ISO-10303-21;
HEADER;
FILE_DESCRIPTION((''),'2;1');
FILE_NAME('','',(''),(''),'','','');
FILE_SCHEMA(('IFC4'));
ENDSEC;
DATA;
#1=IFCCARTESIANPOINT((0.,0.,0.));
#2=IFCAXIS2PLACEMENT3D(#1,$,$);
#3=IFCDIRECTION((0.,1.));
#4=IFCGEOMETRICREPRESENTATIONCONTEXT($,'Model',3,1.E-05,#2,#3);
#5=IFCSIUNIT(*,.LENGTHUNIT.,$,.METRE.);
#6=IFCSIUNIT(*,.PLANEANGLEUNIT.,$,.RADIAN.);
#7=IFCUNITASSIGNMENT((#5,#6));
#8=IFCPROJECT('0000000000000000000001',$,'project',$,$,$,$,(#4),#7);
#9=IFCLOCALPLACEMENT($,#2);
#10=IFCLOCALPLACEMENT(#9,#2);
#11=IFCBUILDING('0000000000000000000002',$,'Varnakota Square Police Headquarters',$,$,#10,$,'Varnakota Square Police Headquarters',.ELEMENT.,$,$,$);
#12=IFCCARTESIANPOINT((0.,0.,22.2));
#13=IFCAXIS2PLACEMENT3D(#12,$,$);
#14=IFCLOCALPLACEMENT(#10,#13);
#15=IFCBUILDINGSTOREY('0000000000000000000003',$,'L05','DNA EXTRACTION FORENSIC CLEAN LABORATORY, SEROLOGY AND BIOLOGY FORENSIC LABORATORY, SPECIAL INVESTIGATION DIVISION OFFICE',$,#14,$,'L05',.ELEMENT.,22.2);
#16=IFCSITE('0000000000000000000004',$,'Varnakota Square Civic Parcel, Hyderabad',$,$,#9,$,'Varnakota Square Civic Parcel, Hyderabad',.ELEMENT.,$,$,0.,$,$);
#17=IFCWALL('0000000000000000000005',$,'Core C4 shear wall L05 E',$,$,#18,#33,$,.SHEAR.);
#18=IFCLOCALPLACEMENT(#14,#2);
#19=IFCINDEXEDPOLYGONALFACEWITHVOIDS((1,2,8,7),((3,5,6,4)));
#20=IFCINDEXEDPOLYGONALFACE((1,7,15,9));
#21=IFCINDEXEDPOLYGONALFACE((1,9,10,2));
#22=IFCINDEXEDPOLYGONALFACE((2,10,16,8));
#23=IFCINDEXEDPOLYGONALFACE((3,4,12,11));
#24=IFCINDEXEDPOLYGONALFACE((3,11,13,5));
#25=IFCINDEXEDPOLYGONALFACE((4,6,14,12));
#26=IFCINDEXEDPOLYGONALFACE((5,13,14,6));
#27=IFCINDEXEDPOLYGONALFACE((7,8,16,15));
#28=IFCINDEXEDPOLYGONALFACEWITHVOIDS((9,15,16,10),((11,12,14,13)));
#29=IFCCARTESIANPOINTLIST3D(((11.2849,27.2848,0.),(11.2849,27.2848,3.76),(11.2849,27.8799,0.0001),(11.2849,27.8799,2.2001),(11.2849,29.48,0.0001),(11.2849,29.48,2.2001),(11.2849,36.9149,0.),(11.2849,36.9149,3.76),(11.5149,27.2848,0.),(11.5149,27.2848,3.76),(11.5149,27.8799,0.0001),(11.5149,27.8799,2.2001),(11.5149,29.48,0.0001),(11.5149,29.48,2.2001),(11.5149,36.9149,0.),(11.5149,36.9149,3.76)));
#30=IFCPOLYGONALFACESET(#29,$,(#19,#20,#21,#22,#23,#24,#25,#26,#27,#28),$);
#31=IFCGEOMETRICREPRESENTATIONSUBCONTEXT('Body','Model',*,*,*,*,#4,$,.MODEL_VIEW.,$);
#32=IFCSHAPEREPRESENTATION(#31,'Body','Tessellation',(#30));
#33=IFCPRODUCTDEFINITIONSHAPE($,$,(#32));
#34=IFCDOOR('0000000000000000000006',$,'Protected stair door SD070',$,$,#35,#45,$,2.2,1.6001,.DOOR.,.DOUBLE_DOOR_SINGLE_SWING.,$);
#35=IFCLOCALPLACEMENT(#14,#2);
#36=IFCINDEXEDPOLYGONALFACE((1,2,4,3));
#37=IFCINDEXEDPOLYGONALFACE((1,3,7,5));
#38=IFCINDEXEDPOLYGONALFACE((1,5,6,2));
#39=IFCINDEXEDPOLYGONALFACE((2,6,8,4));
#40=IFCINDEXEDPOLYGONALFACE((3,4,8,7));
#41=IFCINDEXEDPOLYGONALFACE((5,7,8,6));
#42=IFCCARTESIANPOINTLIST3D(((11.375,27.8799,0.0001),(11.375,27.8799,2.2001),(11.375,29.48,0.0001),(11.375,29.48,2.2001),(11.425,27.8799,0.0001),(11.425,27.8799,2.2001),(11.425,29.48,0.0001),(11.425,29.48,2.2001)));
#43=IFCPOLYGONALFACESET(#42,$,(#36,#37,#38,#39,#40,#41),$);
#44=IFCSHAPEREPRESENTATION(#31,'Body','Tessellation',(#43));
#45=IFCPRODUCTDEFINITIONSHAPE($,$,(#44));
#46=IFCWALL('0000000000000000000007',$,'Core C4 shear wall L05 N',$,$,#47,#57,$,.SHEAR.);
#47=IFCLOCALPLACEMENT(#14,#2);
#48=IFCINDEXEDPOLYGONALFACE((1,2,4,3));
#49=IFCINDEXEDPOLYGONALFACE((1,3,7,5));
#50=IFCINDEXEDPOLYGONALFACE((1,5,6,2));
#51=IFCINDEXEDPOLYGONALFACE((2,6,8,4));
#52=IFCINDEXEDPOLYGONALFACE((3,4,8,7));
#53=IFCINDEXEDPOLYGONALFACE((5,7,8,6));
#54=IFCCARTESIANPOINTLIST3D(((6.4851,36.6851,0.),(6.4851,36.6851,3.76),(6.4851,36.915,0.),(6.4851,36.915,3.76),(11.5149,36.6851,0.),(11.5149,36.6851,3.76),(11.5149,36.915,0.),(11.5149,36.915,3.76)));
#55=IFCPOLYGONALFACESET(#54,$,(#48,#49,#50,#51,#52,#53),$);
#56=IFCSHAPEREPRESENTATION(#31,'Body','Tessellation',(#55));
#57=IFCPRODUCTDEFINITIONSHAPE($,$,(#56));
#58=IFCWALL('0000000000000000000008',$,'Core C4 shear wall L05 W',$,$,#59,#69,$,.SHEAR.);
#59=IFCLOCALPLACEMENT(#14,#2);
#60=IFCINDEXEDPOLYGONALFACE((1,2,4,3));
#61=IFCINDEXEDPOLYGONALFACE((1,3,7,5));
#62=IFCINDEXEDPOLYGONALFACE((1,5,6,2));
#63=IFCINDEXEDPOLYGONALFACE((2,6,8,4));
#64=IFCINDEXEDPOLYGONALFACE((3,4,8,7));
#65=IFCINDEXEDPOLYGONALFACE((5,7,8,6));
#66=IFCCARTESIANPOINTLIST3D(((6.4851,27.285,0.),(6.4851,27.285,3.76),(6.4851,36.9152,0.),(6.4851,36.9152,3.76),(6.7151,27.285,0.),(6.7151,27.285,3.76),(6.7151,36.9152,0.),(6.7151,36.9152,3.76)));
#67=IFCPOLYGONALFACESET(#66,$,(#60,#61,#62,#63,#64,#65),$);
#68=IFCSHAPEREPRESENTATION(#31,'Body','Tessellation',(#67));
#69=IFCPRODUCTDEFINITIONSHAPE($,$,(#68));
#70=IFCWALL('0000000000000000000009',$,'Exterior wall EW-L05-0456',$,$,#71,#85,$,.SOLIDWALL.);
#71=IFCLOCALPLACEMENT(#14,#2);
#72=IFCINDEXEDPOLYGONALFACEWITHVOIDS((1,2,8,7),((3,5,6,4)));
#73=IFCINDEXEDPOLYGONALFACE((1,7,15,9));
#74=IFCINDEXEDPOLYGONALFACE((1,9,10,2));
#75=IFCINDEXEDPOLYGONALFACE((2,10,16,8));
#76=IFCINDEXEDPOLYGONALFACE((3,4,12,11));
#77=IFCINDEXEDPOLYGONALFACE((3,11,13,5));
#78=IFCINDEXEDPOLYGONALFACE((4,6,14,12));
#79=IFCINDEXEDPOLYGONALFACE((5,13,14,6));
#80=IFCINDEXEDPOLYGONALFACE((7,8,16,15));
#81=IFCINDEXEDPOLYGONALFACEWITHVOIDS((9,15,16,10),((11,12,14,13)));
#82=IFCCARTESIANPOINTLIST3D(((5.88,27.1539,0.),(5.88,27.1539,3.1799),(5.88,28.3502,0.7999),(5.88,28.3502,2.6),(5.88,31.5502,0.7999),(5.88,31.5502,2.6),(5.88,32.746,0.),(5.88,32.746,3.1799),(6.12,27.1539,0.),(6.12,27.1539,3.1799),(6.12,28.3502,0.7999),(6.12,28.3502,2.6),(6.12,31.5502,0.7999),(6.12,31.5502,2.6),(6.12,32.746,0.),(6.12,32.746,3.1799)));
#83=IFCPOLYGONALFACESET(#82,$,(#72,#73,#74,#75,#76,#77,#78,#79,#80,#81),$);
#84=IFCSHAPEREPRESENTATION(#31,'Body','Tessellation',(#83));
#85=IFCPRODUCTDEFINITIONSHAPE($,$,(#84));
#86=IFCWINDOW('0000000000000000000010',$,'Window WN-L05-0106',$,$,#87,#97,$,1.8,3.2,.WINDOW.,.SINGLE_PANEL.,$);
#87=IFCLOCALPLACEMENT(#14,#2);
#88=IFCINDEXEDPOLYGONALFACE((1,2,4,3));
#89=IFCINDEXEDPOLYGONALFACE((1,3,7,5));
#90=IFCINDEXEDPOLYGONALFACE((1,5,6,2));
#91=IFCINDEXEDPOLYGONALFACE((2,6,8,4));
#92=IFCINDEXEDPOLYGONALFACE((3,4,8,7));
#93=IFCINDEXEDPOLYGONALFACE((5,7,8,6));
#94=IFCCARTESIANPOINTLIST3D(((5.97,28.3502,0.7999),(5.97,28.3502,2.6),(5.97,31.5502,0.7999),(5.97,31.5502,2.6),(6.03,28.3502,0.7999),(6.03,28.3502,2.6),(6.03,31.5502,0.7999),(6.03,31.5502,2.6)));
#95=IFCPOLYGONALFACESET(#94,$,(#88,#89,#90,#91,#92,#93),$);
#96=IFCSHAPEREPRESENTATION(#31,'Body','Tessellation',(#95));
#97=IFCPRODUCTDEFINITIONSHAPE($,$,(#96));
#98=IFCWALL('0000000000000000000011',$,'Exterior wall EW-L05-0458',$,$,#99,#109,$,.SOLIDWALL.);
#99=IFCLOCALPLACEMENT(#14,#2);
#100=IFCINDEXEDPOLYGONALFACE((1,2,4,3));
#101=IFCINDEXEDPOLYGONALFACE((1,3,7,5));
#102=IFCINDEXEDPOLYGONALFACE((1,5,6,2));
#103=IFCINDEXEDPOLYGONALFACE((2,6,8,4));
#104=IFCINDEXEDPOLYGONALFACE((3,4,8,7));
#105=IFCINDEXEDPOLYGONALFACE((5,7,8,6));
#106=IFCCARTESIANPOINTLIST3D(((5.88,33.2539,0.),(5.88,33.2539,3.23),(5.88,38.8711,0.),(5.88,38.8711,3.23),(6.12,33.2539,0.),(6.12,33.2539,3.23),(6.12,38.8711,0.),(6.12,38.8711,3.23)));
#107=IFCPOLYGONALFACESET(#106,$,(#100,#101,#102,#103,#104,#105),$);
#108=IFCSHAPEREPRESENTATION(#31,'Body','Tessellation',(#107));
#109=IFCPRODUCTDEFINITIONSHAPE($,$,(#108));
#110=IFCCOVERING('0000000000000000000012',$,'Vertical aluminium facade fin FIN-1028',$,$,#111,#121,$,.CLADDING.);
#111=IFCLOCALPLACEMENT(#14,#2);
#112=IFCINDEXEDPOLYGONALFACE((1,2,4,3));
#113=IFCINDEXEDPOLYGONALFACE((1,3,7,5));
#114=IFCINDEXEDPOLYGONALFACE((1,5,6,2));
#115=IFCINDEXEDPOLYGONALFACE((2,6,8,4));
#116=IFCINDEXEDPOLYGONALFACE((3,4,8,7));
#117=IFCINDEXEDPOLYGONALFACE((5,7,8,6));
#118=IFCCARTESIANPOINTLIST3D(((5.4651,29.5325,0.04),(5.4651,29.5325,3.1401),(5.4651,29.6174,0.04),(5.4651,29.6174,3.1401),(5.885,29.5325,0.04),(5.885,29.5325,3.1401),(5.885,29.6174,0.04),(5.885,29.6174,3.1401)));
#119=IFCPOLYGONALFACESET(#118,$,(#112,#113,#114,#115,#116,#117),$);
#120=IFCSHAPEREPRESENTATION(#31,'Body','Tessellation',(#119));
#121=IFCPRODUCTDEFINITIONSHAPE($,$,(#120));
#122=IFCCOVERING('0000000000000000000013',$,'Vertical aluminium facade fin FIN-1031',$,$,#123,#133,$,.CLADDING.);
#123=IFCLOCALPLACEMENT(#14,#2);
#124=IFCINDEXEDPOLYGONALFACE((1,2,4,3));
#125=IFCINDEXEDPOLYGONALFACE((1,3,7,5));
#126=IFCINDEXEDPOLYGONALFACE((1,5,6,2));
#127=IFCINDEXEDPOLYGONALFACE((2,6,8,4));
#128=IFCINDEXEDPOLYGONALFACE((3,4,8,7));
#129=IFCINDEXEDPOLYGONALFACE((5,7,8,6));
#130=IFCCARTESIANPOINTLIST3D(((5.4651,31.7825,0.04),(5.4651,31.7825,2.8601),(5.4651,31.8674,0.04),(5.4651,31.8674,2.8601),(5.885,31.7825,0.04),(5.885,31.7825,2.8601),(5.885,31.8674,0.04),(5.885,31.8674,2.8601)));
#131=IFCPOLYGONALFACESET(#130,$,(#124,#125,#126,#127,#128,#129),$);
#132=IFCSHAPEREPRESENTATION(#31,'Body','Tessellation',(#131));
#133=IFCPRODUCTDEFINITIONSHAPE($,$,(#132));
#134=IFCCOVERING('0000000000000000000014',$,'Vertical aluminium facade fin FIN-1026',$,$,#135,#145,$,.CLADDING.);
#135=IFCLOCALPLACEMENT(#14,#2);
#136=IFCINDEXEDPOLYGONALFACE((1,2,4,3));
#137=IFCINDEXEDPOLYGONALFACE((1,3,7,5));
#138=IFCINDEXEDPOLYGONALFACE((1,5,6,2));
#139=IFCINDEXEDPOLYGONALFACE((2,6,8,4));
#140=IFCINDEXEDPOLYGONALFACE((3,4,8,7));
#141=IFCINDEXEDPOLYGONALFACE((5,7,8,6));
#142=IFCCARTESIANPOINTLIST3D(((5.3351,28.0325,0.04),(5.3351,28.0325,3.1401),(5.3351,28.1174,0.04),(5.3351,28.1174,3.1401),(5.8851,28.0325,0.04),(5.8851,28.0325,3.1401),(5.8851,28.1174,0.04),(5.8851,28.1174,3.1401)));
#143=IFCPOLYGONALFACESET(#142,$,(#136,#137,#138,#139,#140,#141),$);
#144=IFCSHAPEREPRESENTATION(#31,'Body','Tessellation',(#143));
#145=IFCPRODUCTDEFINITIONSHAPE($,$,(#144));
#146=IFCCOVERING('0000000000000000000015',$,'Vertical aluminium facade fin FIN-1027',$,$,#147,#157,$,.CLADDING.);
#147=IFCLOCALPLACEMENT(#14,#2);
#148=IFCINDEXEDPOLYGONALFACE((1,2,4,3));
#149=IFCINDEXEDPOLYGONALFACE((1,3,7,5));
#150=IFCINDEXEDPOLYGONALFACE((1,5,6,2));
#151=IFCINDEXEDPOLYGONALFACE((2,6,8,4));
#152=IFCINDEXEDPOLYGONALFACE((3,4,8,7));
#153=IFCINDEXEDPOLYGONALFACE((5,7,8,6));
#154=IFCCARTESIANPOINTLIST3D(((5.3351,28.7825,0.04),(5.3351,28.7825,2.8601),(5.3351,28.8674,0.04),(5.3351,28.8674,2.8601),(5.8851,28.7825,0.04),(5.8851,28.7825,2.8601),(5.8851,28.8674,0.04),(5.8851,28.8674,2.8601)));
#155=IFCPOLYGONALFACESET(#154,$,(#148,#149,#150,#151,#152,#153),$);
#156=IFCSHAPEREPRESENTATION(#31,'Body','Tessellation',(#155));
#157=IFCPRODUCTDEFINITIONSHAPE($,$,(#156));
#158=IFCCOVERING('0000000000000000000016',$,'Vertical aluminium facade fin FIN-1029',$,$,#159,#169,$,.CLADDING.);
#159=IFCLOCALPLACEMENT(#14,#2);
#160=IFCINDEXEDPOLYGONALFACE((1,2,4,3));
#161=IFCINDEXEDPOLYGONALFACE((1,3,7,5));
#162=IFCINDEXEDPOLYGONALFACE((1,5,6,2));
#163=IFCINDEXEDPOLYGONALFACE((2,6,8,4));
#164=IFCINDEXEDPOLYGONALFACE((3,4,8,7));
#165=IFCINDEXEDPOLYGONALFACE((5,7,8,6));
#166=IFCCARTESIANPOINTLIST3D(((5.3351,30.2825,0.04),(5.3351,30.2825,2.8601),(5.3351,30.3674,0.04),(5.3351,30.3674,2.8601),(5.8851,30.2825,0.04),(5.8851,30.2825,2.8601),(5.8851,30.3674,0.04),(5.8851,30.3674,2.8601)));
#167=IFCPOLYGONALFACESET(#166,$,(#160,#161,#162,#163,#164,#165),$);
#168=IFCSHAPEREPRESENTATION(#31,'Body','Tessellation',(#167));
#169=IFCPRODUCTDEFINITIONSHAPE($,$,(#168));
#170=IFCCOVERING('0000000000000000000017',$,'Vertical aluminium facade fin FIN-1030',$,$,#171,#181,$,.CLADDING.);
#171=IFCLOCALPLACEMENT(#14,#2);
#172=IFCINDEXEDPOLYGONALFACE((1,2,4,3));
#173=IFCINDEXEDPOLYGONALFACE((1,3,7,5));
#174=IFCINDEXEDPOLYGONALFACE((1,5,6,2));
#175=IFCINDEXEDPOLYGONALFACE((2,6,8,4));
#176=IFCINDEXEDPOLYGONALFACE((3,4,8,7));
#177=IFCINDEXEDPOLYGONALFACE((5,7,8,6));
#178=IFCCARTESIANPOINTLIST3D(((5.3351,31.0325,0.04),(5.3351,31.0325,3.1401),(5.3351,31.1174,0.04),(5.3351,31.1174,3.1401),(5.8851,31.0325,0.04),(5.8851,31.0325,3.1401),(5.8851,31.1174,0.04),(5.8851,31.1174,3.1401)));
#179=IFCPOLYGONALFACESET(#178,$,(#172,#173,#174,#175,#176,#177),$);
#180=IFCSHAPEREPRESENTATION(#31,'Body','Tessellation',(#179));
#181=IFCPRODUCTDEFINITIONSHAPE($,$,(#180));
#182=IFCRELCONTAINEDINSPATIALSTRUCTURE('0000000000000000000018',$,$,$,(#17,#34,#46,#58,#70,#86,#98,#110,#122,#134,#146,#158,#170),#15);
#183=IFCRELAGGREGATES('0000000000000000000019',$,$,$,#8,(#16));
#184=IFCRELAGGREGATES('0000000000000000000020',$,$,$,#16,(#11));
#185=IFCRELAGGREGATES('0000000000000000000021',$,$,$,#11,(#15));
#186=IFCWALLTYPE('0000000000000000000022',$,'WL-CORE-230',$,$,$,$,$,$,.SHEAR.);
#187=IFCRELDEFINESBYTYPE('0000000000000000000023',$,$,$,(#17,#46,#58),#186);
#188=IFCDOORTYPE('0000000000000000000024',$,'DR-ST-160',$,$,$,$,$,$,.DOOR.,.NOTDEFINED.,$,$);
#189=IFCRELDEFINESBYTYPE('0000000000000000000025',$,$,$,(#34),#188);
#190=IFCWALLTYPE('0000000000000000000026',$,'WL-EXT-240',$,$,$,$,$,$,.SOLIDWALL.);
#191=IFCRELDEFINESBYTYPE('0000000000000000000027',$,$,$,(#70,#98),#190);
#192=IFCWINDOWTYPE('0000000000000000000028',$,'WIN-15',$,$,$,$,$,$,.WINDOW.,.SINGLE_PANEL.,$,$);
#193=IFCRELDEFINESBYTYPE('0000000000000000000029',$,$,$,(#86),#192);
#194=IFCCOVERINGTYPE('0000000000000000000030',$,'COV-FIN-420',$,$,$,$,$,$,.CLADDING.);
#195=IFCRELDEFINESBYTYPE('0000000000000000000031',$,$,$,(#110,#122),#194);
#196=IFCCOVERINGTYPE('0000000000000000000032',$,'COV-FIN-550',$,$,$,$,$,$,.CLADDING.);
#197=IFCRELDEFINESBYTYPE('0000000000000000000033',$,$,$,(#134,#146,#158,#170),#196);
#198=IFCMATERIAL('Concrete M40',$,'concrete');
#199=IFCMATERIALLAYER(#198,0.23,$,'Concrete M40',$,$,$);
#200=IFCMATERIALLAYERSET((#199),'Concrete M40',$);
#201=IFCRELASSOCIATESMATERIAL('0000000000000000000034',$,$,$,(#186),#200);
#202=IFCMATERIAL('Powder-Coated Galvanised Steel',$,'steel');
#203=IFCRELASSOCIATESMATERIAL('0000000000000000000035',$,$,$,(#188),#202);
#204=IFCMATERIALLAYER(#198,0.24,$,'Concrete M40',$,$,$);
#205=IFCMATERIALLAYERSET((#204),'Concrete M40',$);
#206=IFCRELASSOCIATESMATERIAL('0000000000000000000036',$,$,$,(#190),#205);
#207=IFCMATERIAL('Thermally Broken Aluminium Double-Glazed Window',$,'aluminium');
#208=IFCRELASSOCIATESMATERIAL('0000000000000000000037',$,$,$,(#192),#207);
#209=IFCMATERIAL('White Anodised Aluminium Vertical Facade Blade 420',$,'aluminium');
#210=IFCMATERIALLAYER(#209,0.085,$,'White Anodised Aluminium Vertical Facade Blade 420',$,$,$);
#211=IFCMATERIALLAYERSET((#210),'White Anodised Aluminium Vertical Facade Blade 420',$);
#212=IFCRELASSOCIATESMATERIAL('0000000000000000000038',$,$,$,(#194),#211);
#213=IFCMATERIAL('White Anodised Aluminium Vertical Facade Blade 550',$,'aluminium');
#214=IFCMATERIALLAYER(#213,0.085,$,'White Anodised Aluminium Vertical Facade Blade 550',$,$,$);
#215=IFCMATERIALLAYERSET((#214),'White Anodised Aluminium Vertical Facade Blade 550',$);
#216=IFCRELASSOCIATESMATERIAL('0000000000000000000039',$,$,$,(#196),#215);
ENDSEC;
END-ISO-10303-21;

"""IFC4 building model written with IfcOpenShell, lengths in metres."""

from ifc_helpers import new_model, si_unit, direction, frame, frame_2d, origin, origin_2d, place, context, subcontext, project, spatial, rectangle, extrude, material, layer, layer_set, type_object, element, fill, save


model = new_model("IFC4")

# Units and contexts
model_context = context("Model", 3, precision=1e-05, world=origin(), true_north=direction((0.0, 1.0)))
body_context = subcontext(model_context, "Body", "Model", "MODEL_VIEW")
ifc_project = project(units=[si_unit("LENGTHUNIT", "METRE"), si_unit("PLANEANGLEUNIT", "RADIAN")], contexts=[model_context])

# Site, building, storey
site_placement = place(None, origin())
site = spatial("IfcSite", under=ifc_project, at=site_placement, Name="Varnakota Square Civic Parcel, Hyderabad", LongName="Varnakota Square Civic Parcel, Hyderabad", CompositionType="ELEMENT", RefElevation=0.0)
building_placement = place(site_placement, origin())
building = spatial("IfcBuilding", under=site, at=building_placement, Name="Varnakota Square Police Headquarters", LongName="Varnakota Square Police Headquarters", CompositionType="ELEMENT")
storey_placement = place(building_placement, frame((0.0, 0.0, 22.2)))
storey = spatial("IfcBuildingStorey", under=building, at=storey_placement, Name="L05", Description="DNA EXTRACTION FORENSIC CLEAN LABORATORY, SEROLOGY AND BIOLOGY FORENSIC LABORATORY, SPECIAL INVESTIGATION DIVISION OFFICE", LongName="L05", CompositionType="ELEMENT", Elevation=22.2)

# Shared definitions
ifc_material_1 = material(Name="Concrete M40", Category="concrete")
ifc_layer_1 = layer(ifc_material_1, 0.23, Name="Concrete M40")
ifc_layer_set_1 = layer_set([ifc_layer_1], Name="Concrete M40")
wall_type_1 = type_object("IfcWallType", Name="WL-CORE-230", PredefinedType="SHEAR", material=ifc_layer_set_1)

# Wall, opening, door
wall_1_placement = place(storey_placement, frame((11.3999, 27.2849, 0.0), z_axis=(0.0, 0.0, 1.0), x_axis=(0.0, 1.0, 0.0)))
wall_1 = element("IfcWall", 1, at=wall_1_placement, inside=storey, type_object=wall_type_1, Name="Core C4 shear wall L05 E", PredefinedType="SHEAR", context=body_context, shape_type="SweptSolid", body=[
    extrude(rectangle(XDim=9.6301, YDim=0.23, at=frame_2d((4.8149, 0.0))), origin(), (0.0, 0.0, 1.0), 3.76),
])
opening_1_placement = place(wall_1_placement, frame((0.595, 0.0, 0.0)))
opening_1 = element("IfcOpeningElement", 2, at=opening_1_placement, cuts=wall_1, PredefinedType="OPENING", context=body_context, shape_type="SweptSolid", body=[
    extrude(rectangle(XDim=1.6001, YDim=2.2, at=frame_2d((0.8, 1.1001))), frame((0.0, 0.125, 0.0), z_axis=(0.0, -1.0, 0.0), x_axis=(1.0, 0.0, 0.0)), (0.0, 0.0, 1.0), 0.25),
])
ifc_material_2 = material(Name="Powder-Coated Galvanised Steel", Category="steel")
door_type = type_object("IfcDoorType", Name="DR-ST-160", OperationType="NOTDEFINED", PredefinedType="DOOR", material=ifc_material_2)
door_placement = place(opening_1_placement, origin())
door = element("IfcDoor", 3, at=door_placement, inside=storey, type_object=door_type, Name="Protected stair door SD070", OperationType="DOUBLE_DOOR_SINGLE_SWING", OverallHeight=2.2, OverallWidth=1.6001, PredefinedType="DOOR", context=body_context, shape_type="SweptSolid", body=[
    extrude(rectangle(XDim=1.6001, YDim=2.2, at=frame_2d((0.8, 1.1001))), frame((0.0, 0.0249, 0.0), z_axis=(0.0, -1.0, 0.0), x_axis=(1.0, 0.0, 0.0)), (0.0, 0.0, 1.0), 0.05),
])
fill(opening_1, door)

# Walls
wall_2_placement = place(storey_placement, frame((11.5149, 36.8, 0.0), z_axis=(0.0, 0.0, 1.0), x_axis=(-1.0, 0.0, 0.0)))
element("IfcWall", 4, at=wall_2_placement, inside=storey, type_object=wall_type_1, Name="Core C4 shear wall L05 N", PredefinedType="SHEAR", context=body_context, shape_type="SweptSolid", body=[
    extrude(rectangle(XDim=5.0298, YDim=0.23, at=frame_2d((2.5149, 0.0))), origin(), (0.0, 0.0, 1.0), 3.76),
])
wall_3_placement = place(storey_placement, frame((6.6001, 36.915, 0.0), z_axis=(0.0, 0.0, 1.0), x_axis=(0.0, -1.0, 0.0)))
element("IfcWall", 5, at=wall_3_placement, inside=storey, type_object=wall_type_1, Name="Core C4 shear wall L05 W", PredefinedType="SHEAR", context=body_context, shape_type="SweptSolid", body=[
    extrude(rectangle(XDim=9.6301, YDim=0.23, at=frame_2d((4.8149, 0.0))), origin(), (0.0, 0.0, 1.0), 3.76),
])

# Wall, opening, window
ifc_layer_2 = layer(ifc_material_1, 0.24, Name="Concrete M40")
ifc_layer_set_2 = layer_set([ifc_layer_2], Name="Concrete M40")
wall_type_2 = type_object("IfcWallType", Name="WL-EXT-240", PredefinedType="SOLIDWALL", material=ifc_layer_set_2)
wall_4_placement = place(storey_placement, frame((6.0, 27.1541, 0.0), z_axis=(0.0, 0.0, 1.0), x_axis=(0.0, 1.0, 0.0)))
wall_4 = element("IfcWall", 6, at=wall_4_placement, inside=storey, type_object=wall_type_2, Name="Exterior wall EW-L05-0456", PredefinedType="SOLIDWALL", context=body_context, shape_type="SweptSolid", body=[
    extrude(rectangle(XDim=5.592, YDim=0.24, at=frame_2d((2.7959, 0.0))), origin(), (0.0, 0.0, 1.0), 3.1799),
])
opening_2_placement = place(wall_4_placement, frame((1.196, 0.0, 0.8)))
opening_2 = element("IfcOpeningElement", 7, at=opening_2_placement, cuts=wall_4, PredefinedType="OPENING", context=body_context, shape_type="SweptSolid", body=[
    extrude(rectangle(XDim=3.2, YDim=1.8, at=frame_2d((1.6001, 0.8999))), frame((0.0, 0.1299, 0.0), z_axis=(0.0, -1.0, 0.0), x_axis=(1.0, 0.0, 0.0)), (0.0, 0.0, 1.0), 0.26),
])
ifc_material_3 = material(Name="Thermally Broken Aluminium Double-Glazed Window", Category="aluminium")
window_type = type_object("IfcWindowType", Name="WIN-15", PartitioningType="SINGLE_PANEL", PredefinedType="WINDOW", material=ifc_material_3)
window_placement = place(opening_2_placement, origin())
window = element("IfcWindow", 8, at=window_placement, inside=storey, type_object=window_type, Name="Window WN-L05-0106", OverallHeight=1.8, OverallWidth=3.2, PartitioningType="SINGLE_PANEL", PredefinedType="WINDOW", context=body_context, shape_type="SweptSolid", body=[
    extrude(rectangle(XDim=3.2, YDim=1.8, at=frame_2d((1.6001, 0.8999))), frame((0.0, 0.03, 0.0), z_axis=(0.0, -1.0, 0.0), x_axis=(1.0, 0.0, 0.0)), (0.0, 0.0, 1.0), 0.0601),
])
fill(opening_2, window)

# Wall
wall_5_placement = place(storey_placement, frame((6.0, 33.2539, 0.0), z_axis=(0.0, 0.0, 1.0), x_axis=(0.0, 1.0, 0.0)))
element("IfcWall", 9, at=wall_5_placement, inside=storey, type_object=wall_type_2, Name="Exterior wall EW-L05-0458", PredefinedType="SOLIDWALL", context=body_context, shape_type="SweptSolid", body=[
    extrude(rectangle(XDim=5.6172, YDim=0.24, at=frame_2d((2.8086, 0.0))), origin(), (0.0, 0.0, 1.0), 3.23),
])

# Coverings
ifc_material_4 = material(Name="White Anodised Aluminium Vertical Facade Blade 420", Category="aluminium")
ifc_layer_3 = layer(ifc_material_4, 0.085, Name="White Anodised Aluminium Vertical Facade Blade 420")
ifc_layer_set_3 = layer_set([ifc_layer_3], Name="White Anodised Aluminium Vertical Facade Blade 420")
covering_type_1 = type_object("IfcCoveringType", Name="COV-FIN-420", PredefinedType="CLADDING", material=ifc_layer_set_3)
covering_1_placement = place(storey_placement, frame((5.675, 29.575, 0.04), z_axis=(0.0, 0.0, 1.0), x_axis=(0.0, 1.0, 0.0)))
element("IfcCovering", 10, at=covering_1_placement, inside=storey, type_object=covering_type_1, Name="Vertical aluminium facade fin FIN-1028", PredefinedType="CLADDING", context=body_context, shape_type="SweptSolid", body=[
    extrude(rectangle(XDim=0.085, YDim=0.4199, at=origin_2d()), origin(), (0.0, 0.0, 1.0), 3.1001),
])
covering_2_placement = place(storey_placement, frame((5.675, 31.825, 0.04), z_axis=(0.0, 0.0, 1.0), x_axis=(0.0, 1.0, 0.0)))
element("IfcCovering", 11, at=covering_2_placement, inside=storey, type_object=covering_type_1, Name="Vertical aluminium facade fin FIN-1031", PredefinedType="CLADDING", context=body_context, shape_type="SweptSolid", body=[
    extrude(rectangle(XDim=0.085, YDim=0.4199, at=origin_2d()), origin(), (0.0, 0.0, 1.0), 2.8201),
])
ifc_material_5 = material(Name="White Anodised Aluminium Vertical Facade Blade 550", Category="aluminium")
ifc_layer_4 = layer(ifc_material_5, 0.085, Name="White Anodised Aluminium Vertical Facade Blade 550")
ifc_layer_set_4 = layer_set([ifc_layer_4], Name="White Anodised Aluminium Vertical Facade Blade 550")
covering_type_2 = type_object("IfcCoveringType", Name="COV-FIN-550", PredefinedType="CLADDING", material=ifc_layer_set_4)
covering_3_placement = place(storey_placement, frame((5.6101, 28.075, 0.04), z_axis=(0.0, 0.0, 1.0), x_axis=(0.0, 1.0, 0.0)))
element("IfcCovering", 12, at=covering_3_placement, inside=storey, type_object=covering_type_2, Name="Vertical aluminium facade fin FIN-1026", PredefinedType="CLADDING", context=body_context, shape_type="SweptSolid", body=[
    extrude(rectangle(XDim=0.085, YDim=0.55, at=origin_2d()), origin(), (0.0, 0.0, 1.0), 3.1001),
])
for number, where, z_axis, x_axis, name in (
    (13, (5.6101, 28.825, 0.04), (0.0, 0.0, 1.0), (0.0, 1.0, 0.0), "Vertical aluminium facade fin FIN-1027"),
    (14, (5.6101, 30.325, 0.04), (0.0, 0.0, 1.0), (0.0, 1.0, 0.0), "Vertical aluminium facade fin FIN-1029"),
):
    element("IfcCovering", number, at=place(storey_placement, frame(where, z_axis=z_axis, x_axis=x_axis)), inside=storey, type_object=covering_type_2, Name=name, PredefinedType="CLADDING", context=body_context, shape_type="SweptSolid", body=[
        extrude(rectangle(XDim=0.085, YDim=0.55, at=origin_2d()), origin(), (0.0, 0.0, 1.0), 2.8201),
    ])
covering_4_placement = place(storey_placement, frame((5.6101, 31.075, 0.04), z_axis=(0.0, 0.0, 1.0), x_axis=(0.0, 1.0, 0.0)))
element("IfcCovering", 15, at=covering_4_placement, inside=storey, type_object=covering_type_2, Name="Vertical aluminium facade fin FIN-1030", PredefinedType="CLADDING", context=body_context, shape_type="SweptSolid", body=[
    extrude(rectangle(XDim=0.085, YDim=0.55, at=origin_2d()), origin(), (0.0, 0.0, 1.0), 3.1001),
])

save(model, "model.ifc")
